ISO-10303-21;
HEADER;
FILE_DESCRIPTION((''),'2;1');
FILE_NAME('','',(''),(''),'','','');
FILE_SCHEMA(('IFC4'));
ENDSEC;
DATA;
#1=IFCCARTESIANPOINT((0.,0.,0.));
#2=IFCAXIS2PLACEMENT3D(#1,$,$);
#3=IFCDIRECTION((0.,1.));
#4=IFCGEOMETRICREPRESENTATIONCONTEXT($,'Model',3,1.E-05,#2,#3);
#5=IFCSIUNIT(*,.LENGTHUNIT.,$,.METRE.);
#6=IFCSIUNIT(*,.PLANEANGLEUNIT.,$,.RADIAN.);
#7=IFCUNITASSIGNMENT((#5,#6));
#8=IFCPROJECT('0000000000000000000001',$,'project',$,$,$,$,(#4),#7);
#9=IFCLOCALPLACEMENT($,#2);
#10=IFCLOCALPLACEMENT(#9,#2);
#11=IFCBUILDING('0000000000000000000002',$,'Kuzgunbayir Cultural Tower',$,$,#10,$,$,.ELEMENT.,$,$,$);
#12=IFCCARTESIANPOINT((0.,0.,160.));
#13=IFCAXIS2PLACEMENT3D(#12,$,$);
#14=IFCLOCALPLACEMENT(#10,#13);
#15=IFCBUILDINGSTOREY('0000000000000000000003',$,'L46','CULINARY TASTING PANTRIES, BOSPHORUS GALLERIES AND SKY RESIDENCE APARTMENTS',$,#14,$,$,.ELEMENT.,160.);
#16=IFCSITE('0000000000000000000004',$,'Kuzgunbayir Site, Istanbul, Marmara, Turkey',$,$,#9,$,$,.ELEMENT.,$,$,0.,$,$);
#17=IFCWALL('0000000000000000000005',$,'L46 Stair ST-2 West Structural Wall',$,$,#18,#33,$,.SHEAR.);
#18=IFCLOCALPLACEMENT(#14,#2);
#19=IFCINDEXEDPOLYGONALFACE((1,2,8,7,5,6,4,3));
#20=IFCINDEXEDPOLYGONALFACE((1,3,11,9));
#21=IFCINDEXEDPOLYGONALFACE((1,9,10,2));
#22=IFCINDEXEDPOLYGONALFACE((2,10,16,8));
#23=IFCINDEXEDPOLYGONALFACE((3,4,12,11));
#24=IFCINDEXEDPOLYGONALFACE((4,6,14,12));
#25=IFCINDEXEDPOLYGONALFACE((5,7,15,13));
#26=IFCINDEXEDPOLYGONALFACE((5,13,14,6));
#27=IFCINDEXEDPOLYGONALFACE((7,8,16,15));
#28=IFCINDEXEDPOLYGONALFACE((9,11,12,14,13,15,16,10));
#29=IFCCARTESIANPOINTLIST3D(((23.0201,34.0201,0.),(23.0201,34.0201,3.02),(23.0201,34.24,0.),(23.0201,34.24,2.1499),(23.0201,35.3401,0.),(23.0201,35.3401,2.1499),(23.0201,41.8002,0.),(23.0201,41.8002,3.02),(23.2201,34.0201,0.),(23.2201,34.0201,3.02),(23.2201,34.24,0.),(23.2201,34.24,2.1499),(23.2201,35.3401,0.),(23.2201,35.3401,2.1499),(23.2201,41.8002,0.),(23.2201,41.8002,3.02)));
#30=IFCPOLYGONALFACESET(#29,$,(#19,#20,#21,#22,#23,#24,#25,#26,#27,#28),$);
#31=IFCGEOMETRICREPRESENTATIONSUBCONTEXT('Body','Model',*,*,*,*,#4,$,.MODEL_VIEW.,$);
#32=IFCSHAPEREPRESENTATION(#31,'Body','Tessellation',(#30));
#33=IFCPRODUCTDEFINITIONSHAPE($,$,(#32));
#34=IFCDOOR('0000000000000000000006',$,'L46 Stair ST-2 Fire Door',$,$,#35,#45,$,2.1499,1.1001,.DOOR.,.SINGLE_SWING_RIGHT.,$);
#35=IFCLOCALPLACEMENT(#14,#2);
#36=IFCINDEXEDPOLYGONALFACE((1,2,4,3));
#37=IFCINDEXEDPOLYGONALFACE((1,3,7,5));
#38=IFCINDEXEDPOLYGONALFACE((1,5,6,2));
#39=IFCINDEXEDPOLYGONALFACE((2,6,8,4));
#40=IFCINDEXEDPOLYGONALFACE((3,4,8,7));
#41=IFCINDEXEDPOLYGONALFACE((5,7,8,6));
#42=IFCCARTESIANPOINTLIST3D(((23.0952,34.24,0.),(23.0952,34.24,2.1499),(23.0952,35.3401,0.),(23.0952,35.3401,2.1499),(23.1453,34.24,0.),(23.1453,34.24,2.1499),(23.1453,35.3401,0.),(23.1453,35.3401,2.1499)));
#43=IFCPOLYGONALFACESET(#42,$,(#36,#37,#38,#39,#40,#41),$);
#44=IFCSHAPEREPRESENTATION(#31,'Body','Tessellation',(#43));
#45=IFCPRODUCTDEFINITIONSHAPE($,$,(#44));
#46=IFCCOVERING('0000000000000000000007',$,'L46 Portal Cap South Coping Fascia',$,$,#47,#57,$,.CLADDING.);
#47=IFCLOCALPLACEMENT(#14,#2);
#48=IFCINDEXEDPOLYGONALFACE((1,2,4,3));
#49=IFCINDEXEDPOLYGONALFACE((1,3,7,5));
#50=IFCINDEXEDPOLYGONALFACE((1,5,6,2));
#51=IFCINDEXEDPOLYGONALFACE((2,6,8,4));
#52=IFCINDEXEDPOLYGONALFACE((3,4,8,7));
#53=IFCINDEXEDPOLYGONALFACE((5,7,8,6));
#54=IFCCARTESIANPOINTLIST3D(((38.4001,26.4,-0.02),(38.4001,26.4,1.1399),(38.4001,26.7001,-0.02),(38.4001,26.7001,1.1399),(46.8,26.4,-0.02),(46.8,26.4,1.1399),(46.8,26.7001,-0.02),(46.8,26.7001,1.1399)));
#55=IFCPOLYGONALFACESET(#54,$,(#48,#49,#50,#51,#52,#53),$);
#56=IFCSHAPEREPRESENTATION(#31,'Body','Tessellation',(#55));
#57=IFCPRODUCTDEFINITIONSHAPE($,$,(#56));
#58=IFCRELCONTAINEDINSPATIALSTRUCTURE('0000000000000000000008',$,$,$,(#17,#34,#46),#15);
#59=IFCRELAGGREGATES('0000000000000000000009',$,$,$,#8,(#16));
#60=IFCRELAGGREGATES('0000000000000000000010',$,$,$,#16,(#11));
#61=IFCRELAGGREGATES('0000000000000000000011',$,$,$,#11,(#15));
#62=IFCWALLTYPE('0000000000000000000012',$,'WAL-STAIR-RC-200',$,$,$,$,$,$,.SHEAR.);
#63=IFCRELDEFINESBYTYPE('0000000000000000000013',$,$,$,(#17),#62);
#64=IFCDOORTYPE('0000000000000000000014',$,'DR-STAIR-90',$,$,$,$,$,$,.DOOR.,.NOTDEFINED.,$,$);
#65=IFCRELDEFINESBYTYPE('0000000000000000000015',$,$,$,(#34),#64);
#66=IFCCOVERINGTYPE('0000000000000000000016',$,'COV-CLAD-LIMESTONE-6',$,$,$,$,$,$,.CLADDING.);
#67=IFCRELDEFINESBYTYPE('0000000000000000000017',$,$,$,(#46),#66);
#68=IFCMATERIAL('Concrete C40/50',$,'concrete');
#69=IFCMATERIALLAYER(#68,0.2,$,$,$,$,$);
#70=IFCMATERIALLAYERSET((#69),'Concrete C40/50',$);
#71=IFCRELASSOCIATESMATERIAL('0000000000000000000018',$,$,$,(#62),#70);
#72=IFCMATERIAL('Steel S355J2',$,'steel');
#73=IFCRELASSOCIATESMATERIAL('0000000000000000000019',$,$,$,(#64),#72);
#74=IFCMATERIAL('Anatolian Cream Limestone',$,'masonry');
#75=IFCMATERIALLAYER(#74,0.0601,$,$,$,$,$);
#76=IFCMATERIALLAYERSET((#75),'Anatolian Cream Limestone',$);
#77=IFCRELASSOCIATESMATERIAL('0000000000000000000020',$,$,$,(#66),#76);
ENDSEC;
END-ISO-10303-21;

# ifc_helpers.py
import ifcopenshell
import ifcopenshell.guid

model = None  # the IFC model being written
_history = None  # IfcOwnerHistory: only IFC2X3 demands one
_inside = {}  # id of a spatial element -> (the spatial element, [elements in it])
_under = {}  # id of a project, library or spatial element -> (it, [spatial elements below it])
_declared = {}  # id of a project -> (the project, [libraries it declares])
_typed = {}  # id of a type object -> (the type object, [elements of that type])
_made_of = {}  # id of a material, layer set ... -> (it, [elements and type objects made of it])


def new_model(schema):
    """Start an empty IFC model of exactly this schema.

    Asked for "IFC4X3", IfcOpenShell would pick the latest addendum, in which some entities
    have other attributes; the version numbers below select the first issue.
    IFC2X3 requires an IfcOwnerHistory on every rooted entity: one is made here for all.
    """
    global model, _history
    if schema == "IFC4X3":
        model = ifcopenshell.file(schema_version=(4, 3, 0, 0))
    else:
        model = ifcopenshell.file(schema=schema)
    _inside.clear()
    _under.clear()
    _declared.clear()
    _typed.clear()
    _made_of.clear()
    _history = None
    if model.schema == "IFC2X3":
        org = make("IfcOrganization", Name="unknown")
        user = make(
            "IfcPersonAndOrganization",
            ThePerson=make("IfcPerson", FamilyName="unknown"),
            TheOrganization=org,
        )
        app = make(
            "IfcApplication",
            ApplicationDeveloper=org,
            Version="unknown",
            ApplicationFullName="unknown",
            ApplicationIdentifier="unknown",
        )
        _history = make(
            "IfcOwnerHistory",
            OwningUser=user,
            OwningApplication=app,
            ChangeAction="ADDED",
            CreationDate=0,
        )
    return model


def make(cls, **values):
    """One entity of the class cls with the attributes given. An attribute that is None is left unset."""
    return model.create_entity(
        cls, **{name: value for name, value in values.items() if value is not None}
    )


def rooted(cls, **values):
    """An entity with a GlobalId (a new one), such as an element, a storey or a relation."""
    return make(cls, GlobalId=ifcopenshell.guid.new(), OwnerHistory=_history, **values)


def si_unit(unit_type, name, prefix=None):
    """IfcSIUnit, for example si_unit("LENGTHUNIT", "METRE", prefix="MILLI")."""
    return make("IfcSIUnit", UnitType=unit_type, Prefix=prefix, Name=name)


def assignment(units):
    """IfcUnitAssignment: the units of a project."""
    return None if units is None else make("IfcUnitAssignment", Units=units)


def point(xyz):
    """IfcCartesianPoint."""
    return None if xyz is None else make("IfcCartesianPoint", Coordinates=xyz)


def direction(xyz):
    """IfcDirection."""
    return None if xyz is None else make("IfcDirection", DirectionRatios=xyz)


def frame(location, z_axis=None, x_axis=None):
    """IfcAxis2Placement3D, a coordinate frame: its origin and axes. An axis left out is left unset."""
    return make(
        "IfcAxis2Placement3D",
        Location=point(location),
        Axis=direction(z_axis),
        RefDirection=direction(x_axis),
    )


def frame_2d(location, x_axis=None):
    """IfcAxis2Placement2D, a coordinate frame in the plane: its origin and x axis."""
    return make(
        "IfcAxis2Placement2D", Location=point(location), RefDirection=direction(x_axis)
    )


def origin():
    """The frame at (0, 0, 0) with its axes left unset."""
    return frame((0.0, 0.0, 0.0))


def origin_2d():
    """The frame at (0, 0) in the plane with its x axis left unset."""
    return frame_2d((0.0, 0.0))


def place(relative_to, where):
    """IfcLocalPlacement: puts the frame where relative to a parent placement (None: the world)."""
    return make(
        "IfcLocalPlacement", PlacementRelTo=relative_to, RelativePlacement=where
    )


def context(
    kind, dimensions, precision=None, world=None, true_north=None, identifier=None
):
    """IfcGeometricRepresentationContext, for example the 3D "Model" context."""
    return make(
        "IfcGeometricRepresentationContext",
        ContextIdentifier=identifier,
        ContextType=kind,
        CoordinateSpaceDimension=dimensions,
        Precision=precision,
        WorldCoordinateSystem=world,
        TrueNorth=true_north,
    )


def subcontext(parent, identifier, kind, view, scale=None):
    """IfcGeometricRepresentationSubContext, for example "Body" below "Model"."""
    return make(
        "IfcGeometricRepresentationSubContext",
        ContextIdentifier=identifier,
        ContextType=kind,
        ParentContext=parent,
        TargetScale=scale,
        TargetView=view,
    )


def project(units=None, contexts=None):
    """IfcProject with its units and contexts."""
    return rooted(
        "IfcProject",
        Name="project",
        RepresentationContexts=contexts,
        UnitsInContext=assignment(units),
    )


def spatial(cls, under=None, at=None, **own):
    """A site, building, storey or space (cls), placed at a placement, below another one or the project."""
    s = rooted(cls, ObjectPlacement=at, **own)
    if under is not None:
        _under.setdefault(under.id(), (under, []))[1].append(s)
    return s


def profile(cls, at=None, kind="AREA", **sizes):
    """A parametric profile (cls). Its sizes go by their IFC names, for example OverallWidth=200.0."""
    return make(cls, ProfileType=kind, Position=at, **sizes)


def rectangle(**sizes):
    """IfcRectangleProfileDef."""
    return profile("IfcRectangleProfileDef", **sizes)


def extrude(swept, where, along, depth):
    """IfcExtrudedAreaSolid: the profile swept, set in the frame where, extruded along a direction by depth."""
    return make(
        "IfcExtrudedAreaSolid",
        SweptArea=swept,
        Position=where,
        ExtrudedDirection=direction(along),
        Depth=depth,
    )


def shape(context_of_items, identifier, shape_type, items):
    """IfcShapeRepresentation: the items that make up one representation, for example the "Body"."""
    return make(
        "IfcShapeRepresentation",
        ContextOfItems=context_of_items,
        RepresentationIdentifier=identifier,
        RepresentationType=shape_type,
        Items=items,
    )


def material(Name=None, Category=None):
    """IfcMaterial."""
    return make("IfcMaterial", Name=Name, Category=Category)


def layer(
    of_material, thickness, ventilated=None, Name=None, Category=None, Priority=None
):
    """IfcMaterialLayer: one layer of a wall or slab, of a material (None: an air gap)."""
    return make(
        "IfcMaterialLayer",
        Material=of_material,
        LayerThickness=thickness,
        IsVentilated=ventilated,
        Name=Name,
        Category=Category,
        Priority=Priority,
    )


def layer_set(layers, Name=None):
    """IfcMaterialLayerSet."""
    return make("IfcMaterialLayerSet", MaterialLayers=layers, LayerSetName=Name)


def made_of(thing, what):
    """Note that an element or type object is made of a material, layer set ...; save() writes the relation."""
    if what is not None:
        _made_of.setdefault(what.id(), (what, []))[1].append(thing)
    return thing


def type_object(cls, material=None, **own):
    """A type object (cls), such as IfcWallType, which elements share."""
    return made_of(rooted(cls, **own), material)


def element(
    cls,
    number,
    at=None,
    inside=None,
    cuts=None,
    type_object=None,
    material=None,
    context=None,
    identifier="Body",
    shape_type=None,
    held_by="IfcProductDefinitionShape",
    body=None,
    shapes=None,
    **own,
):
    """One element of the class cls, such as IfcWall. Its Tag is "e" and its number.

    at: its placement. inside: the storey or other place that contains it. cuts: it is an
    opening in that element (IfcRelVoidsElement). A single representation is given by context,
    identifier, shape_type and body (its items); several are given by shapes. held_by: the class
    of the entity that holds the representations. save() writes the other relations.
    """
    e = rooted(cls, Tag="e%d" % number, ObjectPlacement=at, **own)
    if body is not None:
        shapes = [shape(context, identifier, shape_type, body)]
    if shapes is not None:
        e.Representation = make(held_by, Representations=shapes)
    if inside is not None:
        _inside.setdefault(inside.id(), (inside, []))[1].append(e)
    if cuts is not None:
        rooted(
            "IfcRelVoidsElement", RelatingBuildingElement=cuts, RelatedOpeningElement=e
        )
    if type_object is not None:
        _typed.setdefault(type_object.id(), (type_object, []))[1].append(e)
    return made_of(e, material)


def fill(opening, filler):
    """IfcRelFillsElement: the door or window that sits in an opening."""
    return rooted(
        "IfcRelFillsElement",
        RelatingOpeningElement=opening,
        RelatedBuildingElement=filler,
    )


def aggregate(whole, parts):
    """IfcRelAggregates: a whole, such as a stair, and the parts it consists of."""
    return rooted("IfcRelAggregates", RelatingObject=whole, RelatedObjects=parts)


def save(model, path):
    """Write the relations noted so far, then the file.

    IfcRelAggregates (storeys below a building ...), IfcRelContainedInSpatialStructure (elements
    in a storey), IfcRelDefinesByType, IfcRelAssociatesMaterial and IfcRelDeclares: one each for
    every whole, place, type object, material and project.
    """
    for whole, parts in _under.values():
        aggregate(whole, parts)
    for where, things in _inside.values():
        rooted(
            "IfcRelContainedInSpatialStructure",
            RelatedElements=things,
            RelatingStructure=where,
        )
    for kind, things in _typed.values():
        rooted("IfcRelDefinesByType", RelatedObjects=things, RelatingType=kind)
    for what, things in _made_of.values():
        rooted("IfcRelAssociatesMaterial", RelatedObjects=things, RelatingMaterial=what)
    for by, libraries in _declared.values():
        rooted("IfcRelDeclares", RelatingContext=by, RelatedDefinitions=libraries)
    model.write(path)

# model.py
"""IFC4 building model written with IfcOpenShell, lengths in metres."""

from ifc_helpers import new_model, si_unit, direction, frame, frame_2d, origin, origin_2d, place, context, subcontext, project, spatial, rectangle, extrude, material, layer, layer_set, type_object, element, fill, save


model = new_model("IFC4")

# Units and contexts
model_context = context("Model", 3, precision=1e-05, world=origin(), true_north=direction((0.0, 1.0)))
body_context = subcontext(model_context, "Body", "Model", "MODEL_VIEW")
ifc_project = project(units=[si_unit("LENGTHUNIT", "METRE"), si_unit("PLANEANGLEUNIT", "RADIAN")], contexts=[model_context])

# Site, building, storey
site_placement = place(None, origin())
site = spatial("IfcSite", under=ifc_project, at=site_placement, Name="Kuzgunbayir Site, Istanbul, Marmara, Turkey", CompositionType="ELEMENT", RefElevation=0.0)
building_placement = place(site_placement, origin())
building = spatial("IfcBuilding", under=site, at=building_placement, Name="Kuzgunbayir Cultural Tower", CompositionType="ELEMENT")
storey_placement = place(building_placement, frame((0.0, 0.0, 160.0)))
storey = spatial("IfcBuildingStorey", under=building, at=storey_placement, Name="L46", Description="CULINARY TASTING PANTRIES, BOSPHORUS GALLERIES AND SKY RESIDENCE APARTMENTS", CompositionType="ELEMENT", Elevation=160.0)

# Shared definitions
ifc_material_1 = material(Name="Steel S355J2", Category="steel")

# Shared definitions
ifc_material_2 = material(Name="Anatolian Cream Limestone", Category="masonry")

# Wall, opening, door
ifc_material_3 = material(Name="Concrete C40/50", Category="concrete")
ifc_layer_1 = layer(ifc_material_3, 0.2)
ifc_layer_set_1 = layer_set([ifc_layer_1], Name="Concrete C40/50")
wall_type_1 = type_object("IfcWallType", Name="WAL-STAIR-RC-200", PredefinedType="SHEAR", material=ifc_layer_set_1)
wall_1_placement = place(storey_placement, frame((23.1201, 34.02, 0.0), z_axis=(0.0, 0.0, 1.0), x_axis=(0.0, 1.0, 0.0)))
wall_1 = element("IfcWall", 1, at=wall_1_placement, inside=storey, type_object=wall_type_1, Name="L46 Stair ST-2 West Structural Wall", PredefinedType="SHEAR", context=body_context, shape_type="SweptSolid", body=[
    extrude(rectangle(XDim=7.78, YDim=0.2, at=frame_2d((3.8901, 0.0))), origin(), (0.0, 0.0, 1.0), 3.02),
])
opening_1_placement = place(wall_1_placement, frame((0.22, 0.0, 0.0)))
opening_1 = element("IfcOpeningElement", 2, at=opening_1_placement, cuts=wall_1, PredefinedType="OPENING", context=body_context, shape_type="SweptSolid", body=[
    extrude(rectangle(XDim=1.1001, YDim=2.1499, at=frame_2d((0.55, 1.075))), frame((0.0, 0.1099, 0.0), z_axis=(0.0, -1.0, 0.0), x_axis=(1.0, 0.0, 0.0)), (0.0, 0.0, 1.0), 0.22),
])
door_type_1 = type_object("IfcDoorType", Name="DR-STAIR-90", OperationType="NOTDEFINED", PredefinedType="DOOR", material=ifc_material_1)
door_1_placement = place(opening_1_placement, origin())
door_1 = element("IfcDoor", 3, at=door_1_placement, inside=storey, type_object=door_type_1, Name="L46 Stair ST-2 Fire Door", OperationType="SINGLE_SWING_RIGHT", OverallHeight=2.1499, OverallWidth=1.1001, PredefinedType="DOOR", context=body_context, shape_type="SweptSolid", body=[
    extrude(rectangle(XDim=1.1001, YDim=2.1499, at=frame_2d((0.55, 1.075))), frame((0.0, 0.0249, 0.0), z_axis=(0.0, -1.0, 0.0), x_axis=(1.0, 0.0, 0.0)), (0.0, 0.0, 1.0), 0.05),
])
fill(opening_1, door_1)

# Covering
ifc_layer_2 = layer(ifc_material_2, 0.0601)
ifc_layer_set_2 = layer_set([ifc_layer_2], Name="Anatolian Cream Limestone")
covering_type = type_object("IfcCoveringType", Name="COV-CLAD-LIMESTONE-6", PredefinedType="CLADDING", material=ifc_layer_set_2)
covering_placement = place(storey_placement, frame((42.6001, 26.55, -0.02), z_axis=(0.0, 0.0, 1.0), x_axis=(1.0, 0.0, 0.0)))
element("IfcCovering", 4, at=covering_placement, inside=storey, type_object=covering_type, Name="L46 Portal Cap South Coping Fascia", PredefinedType="CLADDING", context=body_context, shape_type="SweptSolid", body=[
    extrude(rectangle(XDim=8.3999, YDim=0.3, at=origin_2d()), origin(), (0.0, 0.0, 1.0), 1.1599),
])

save(model, "model.ifc")
